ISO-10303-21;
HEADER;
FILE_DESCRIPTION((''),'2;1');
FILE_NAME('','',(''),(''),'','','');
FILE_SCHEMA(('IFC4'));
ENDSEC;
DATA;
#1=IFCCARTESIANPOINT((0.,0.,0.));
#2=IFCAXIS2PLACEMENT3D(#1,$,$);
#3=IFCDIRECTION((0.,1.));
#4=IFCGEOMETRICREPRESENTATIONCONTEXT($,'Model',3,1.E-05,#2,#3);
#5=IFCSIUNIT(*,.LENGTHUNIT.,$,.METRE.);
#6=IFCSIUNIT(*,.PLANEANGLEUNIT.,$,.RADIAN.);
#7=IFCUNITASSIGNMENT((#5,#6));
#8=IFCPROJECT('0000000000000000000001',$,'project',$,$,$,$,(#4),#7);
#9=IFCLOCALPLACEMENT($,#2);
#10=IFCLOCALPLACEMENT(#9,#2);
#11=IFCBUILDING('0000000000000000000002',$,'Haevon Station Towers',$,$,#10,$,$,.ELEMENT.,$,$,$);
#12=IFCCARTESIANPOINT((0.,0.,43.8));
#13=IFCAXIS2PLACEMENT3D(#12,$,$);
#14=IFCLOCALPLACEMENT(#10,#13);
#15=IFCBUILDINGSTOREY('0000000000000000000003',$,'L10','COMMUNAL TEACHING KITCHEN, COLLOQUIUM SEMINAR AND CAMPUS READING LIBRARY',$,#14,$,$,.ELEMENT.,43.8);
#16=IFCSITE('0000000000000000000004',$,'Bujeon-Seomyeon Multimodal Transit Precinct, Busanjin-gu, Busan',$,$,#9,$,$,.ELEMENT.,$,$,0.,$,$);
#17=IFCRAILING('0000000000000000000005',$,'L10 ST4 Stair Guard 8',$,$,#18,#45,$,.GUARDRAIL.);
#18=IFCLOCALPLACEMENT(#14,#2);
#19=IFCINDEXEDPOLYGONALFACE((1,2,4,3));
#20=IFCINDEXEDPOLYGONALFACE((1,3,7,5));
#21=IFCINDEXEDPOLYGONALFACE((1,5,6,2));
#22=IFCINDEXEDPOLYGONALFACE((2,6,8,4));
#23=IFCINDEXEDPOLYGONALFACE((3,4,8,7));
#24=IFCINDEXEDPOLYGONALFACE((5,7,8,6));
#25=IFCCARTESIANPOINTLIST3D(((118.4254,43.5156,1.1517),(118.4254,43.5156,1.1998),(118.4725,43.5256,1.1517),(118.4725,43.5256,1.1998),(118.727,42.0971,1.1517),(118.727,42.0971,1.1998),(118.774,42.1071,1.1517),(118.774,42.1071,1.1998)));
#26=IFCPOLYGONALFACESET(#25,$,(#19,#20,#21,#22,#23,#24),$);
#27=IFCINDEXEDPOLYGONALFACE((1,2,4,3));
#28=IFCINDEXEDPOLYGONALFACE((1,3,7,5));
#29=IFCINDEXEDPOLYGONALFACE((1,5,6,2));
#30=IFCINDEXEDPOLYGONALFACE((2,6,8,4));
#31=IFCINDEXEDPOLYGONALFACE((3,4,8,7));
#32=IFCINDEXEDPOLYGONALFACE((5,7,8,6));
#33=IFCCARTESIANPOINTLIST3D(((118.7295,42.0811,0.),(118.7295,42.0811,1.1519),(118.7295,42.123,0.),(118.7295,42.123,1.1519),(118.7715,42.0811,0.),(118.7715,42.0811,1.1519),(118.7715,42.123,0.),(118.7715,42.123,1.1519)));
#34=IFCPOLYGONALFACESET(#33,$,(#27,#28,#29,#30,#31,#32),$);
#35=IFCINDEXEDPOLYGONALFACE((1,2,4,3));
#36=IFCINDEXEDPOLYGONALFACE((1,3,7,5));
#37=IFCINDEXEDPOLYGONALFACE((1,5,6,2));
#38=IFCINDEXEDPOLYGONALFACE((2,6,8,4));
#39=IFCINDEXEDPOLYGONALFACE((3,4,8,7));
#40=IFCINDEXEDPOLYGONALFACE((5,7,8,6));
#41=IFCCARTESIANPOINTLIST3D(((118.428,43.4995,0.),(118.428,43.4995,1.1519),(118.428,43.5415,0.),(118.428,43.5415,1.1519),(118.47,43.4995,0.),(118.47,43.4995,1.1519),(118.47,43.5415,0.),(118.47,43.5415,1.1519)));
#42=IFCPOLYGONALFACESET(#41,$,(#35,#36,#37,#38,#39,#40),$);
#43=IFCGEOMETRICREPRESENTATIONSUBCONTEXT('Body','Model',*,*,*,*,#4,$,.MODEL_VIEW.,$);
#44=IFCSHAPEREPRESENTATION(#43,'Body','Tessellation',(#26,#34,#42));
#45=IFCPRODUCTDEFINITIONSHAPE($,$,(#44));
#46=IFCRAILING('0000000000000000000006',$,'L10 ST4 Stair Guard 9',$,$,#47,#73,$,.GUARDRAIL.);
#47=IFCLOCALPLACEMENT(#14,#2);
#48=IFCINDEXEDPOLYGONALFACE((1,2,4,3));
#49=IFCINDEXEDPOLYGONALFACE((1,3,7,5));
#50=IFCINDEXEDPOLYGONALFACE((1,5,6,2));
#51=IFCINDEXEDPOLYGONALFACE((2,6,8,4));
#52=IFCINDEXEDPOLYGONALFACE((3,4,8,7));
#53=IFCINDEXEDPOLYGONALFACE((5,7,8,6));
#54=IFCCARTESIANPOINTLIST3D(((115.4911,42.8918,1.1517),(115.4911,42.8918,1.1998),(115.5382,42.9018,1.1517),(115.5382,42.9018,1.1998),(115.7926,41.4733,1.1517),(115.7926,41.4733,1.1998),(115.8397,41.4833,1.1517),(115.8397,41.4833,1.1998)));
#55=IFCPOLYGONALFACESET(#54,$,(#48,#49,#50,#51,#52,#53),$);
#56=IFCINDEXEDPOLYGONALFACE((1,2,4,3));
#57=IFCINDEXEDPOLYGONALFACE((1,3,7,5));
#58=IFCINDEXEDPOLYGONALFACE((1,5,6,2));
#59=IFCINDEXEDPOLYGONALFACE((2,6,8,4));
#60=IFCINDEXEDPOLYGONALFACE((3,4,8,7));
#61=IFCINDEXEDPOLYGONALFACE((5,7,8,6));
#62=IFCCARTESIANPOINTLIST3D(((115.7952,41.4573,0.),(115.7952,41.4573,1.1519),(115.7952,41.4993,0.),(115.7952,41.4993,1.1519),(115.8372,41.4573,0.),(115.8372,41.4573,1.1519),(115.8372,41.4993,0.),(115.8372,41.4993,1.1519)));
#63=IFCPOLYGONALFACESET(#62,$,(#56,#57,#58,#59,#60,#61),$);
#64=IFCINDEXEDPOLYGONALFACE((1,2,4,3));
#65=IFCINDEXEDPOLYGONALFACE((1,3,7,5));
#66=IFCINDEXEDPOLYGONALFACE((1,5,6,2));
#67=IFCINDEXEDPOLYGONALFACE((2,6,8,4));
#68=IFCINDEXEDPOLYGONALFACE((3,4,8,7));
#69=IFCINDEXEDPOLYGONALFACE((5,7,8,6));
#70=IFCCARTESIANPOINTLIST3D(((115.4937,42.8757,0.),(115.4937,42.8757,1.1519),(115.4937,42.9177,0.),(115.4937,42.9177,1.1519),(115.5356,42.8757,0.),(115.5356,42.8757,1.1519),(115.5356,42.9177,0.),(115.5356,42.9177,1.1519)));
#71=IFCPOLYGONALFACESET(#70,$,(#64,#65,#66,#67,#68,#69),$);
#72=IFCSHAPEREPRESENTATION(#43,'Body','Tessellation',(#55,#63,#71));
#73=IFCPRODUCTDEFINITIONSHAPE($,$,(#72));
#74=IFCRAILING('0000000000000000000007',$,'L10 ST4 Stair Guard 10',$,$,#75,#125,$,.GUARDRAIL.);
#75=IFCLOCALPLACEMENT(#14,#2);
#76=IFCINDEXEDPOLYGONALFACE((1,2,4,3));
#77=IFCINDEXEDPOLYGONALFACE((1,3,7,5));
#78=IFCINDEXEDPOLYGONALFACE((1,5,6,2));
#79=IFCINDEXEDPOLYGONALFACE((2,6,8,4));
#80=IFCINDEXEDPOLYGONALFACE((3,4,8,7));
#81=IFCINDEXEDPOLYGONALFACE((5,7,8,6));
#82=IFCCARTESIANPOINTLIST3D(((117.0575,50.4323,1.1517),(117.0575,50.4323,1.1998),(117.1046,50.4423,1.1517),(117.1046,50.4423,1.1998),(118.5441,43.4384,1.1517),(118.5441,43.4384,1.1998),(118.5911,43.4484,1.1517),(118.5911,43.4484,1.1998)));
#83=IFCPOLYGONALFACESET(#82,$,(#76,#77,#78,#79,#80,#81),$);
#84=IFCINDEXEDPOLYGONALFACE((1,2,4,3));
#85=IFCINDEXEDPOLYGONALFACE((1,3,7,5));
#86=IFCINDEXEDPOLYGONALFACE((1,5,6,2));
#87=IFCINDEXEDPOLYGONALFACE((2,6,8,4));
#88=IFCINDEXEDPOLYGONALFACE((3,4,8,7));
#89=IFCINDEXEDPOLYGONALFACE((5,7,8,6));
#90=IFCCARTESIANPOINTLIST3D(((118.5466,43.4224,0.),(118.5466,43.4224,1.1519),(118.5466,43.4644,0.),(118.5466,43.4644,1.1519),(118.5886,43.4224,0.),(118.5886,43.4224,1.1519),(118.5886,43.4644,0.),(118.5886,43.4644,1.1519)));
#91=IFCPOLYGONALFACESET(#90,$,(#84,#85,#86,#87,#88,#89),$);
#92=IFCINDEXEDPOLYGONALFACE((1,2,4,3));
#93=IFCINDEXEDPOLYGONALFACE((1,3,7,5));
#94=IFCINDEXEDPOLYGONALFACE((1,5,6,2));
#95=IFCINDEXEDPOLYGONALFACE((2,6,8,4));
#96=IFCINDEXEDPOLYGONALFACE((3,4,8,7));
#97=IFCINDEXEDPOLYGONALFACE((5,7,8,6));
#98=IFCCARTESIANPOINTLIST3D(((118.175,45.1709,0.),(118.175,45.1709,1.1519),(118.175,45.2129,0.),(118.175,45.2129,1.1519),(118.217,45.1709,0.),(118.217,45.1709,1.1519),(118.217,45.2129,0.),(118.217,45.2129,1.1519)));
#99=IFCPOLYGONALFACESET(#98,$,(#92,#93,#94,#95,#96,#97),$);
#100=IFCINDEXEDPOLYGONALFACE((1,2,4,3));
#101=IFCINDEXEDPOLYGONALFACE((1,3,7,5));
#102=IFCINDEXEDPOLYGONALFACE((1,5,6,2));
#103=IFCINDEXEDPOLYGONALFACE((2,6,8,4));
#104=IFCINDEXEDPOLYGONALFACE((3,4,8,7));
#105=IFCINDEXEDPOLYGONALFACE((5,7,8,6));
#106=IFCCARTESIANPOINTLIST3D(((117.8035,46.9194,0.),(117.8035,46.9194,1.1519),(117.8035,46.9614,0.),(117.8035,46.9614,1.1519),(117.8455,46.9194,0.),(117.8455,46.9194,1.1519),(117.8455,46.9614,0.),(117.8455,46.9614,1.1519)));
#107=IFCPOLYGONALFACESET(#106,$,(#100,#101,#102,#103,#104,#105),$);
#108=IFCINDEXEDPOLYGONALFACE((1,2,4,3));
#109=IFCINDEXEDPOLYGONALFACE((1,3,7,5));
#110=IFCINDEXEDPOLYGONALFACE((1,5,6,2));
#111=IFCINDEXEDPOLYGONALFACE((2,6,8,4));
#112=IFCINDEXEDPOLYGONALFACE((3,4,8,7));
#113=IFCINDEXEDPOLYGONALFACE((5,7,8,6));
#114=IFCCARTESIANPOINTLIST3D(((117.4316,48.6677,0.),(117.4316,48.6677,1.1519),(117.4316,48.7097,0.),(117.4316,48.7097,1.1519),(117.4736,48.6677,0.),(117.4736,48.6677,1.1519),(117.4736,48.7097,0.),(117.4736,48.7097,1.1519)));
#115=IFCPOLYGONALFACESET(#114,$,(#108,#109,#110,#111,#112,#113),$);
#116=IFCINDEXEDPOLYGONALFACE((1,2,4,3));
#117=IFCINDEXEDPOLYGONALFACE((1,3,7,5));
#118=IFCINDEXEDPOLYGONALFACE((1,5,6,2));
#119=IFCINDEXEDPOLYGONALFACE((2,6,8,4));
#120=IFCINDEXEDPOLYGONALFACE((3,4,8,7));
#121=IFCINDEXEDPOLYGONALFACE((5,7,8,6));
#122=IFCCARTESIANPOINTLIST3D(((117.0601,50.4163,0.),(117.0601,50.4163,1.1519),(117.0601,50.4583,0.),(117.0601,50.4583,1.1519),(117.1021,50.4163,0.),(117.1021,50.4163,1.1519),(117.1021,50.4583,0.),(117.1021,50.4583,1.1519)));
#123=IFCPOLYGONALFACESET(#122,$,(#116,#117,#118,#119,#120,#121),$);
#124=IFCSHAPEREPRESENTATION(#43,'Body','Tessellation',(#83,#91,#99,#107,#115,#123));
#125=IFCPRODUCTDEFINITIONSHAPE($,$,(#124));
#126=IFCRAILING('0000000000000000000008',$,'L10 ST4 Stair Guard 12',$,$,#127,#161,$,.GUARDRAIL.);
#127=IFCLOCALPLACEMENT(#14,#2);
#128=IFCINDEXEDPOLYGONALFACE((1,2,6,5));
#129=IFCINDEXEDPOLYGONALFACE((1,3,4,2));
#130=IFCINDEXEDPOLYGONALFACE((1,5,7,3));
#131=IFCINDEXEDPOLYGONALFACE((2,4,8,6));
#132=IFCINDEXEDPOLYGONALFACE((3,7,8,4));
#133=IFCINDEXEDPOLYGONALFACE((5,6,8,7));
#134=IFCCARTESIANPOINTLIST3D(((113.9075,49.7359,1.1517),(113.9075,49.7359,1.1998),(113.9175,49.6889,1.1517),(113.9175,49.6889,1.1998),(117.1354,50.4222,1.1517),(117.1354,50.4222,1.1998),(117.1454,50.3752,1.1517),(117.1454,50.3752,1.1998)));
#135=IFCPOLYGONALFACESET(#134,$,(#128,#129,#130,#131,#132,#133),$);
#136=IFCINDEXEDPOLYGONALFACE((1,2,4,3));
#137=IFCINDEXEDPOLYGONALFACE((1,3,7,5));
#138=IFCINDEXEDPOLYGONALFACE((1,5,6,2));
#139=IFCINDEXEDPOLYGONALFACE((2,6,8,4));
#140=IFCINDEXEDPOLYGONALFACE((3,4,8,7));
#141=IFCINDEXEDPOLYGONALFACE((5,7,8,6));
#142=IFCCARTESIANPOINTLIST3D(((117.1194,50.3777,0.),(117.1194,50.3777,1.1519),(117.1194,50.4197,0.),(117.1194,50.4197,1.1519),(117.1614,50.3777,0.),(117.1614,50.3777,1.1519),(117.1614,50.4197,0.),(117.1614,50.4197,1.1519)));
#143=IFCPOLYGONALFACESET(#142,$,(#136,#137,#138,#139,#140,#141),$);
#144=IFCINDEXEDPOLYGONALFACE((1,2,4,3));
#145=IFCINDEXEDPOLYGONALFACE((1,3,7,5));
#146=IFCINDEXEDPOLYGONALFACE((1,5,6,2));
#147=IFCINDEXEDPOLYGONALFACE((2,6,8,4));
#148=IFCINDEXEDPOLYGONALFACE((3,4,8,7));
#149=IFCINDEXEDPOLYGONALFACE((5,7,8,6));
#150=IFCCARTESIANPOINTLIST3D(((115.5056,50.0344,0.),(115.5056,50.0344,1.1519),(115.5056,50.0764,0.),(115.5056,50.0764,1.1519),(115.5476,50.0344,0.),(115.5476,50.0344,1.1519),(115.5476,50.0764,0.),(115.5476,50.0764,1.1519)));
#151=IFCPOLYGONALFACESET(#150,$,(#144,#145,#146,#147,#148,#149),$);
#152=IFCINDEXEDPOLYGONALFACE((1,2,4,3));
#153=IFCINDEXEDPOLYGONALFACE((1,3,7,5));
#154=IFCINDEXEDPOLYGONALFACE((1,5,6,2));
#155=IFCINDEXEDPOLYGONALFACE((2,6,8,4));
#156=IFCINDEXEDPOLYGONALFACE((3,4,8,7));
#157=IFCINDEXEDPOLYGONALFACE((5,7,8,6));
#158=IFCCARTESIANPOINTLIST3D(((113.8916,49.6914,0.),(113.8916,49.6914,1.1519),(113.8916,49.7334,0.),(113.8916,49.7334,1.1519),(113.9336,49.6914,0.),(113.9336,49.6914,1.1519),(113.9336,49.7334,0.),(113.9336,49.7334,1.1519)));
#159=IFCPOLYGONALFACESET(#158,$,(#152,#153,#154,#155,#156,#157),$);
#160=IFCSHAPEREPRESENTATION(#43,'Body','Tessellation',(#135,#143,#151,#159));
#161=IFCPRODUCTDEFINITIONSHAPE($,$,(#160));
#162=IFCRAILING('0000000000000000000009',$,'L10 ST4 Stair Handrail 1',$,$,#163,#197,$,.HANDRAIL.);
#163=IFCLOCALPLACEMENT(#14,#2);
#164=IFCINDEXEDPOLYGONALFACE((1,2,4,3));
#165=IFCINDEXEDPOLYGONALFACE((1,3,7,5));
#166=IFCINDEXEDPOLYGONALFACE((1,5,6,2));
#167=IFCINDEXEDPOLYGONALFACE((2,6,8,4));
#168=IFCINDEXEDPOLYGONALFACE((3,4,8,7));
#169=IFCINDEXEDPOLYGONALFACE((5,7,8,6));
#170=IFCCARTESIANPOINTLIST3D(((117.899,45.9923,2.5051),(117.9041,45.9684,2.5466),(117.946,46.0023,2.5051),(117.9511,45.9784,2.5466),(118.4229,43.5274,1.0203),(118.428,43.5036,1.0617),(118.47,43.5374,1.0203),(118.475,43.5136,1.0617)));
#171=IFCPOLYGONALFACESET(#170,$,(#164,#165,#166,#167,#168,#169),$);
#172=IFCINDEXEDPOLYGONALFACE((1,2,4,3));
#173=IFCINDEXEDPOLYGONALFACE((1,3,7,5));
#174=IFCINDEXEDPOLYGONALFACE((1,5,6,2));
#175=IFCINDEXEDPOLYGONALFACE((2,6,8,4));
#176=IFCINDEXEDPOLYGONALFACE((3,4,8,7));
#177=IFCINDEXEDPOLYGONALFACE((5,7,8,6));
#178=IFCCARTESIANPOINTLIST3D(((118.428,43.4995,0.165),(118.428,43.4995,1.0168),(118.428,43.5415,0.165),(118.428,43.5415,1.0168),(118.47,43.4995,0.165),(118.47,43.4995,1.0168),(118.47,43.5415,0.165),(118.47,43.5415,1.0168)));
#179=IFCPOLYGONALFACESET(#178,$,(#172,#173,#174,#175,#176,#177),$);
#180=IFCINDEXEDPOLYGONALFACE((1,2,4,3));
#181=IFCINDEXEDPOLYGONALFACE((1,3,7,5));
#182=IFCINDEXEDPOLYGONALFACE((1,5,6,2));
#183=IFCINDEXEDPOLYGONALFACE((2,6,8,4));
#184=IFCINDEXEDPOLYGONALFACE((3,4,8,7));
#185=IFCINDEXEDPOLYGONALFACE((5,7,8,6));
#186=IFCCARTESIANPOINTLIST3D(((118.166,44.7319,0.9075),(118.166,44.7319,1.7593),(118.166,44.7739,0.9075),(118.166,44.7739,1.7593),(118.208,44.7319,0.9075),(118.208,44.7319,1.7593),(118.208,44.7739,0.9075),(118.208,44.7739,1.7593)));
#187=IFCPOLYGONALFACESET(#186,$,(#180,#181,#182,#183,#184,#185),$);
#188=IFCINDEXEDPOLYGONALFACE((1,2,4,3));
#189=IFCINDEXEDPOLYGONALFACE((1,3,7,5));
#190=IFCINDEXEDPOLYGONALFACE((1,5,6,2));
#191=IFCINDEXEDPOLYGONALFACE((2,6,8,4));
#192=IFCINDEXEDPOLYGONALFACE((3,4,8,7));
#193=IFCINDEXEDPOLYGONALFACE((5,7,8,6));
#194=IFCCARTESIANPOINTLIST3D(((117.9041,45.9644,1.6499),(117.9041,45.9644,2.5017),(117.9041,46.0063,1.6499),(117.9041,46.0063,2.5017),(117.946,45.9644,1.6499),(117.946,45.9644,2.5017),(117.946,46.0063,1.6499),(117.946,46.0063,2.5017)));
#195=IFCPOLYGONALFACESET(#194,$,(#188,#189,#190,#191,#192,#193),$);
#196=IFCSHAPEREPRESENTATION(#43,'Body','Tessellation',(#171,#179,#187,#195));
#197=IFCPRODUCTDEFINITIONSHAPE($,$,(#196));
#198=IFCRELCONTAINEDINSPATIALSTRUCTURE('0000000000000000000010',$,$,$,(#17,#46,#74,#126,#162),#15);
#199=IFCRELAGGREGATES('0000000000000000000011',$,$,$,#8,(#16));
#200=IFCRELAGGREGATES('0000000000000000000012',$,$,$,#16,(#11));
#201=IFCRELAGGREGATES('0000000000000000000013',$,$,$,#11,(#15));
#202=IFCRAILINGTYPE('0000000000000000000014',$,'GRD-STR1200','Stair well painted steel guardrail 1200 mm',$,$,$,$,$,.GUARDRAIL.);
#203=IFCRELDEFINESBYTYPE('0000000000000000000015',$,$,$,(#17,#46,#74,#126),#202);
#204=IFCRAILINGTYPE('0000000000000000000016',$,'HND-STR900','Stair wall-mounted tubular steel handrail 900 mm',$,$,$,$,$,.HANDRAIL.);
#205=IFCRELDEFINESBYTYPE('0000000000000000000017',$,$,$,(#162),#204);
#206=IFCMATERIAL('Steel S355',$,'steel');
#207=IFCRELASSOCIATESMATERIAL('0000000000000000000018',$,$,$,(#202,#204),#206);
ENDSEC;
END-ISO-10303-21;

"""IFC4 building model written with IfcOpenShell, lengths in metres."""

from ifc_helpers import new_model, si_unit, direction, frame, origin, origin_2d, place, context, subcontext, project, spatial, rectangle, extrude, material, type_object, element, save


model = new_model("IFC4")

# Units and contexts
model_context = context("Model", 3, precision=1e-05, world=origin(), true_north=direction((0.0, 1.0)))
body_context = subcontext(model_context, "Body", "Model", "MODEL_VIEW")
ifc_project = project(units=[si_unit("LENGTHUNIT", "METRE"), si_unit("PLANEANGLEUNIT", "RADIAN")], contexts=[model_context])

# Site, building, storey
site_placement = place(None, origin())
site = spatial("IfcSite", under=ifc_project, at=site_placement, Name="Bujeon-Seomyeon Multimodal Transit Precinct, Busanjin-gu, Busan", CompositionType="ELEMENT", RefElevation=0.0)
building_placement = place(site_placement, origin())
building = spatial("IfcBuilding", under=site, at=building_placement, Name="Haevon Station Towers", CompositionType="ELEMENT")
storey_placement = place(building_placement, frame((0.0, 0.0, 43.8)))
storey = spatial("IfcBuildingStorey", under=building, at=storey_placement, Name="L10", Description="COMMUNAL TEACHING KITCHEN, COLLOQUIUM SEMINAR AND CAMPUS READING LIBRARY", CompositionType="ELEMENT", Elevation=43.8)

# Shared definitions
ifc_material_1 = material(Name="Steel S355", Category="steel")

# Railings
railing_type_1 = type_object("IfcRailingType", Name="GRD-STR1200", Description="Stair well painted steel guardrail 1200 mm", PredefinedType="GUARDRAIL", material=ifc_material_1)
for number, where, name in (
    (1, (118.7505, 42.1021, 0.0), "L10 ST4 Stair Guard 8"),
    (2, (115.8162, 41.4783, 0.0), "L10 ST4 Stair Guard 9"),
):
    element("IfcRailing", number, at=place(storey_placement, frame(where)), inside=storey, type_object=railing_type_1, Name=name, PredefinedType="GUARDRAIL", context=body_context, shape_type="SweptSolid", body=[
        extrude(rectangle(XDim=0.0481, YDim=0.0481, at=origin_2d()), frame((0.0, 0.0, 1.1758), z_axis=(-0.207919, 0.978146, 0.0), x_axis=(-0.978146, -0.207919, 0.0)), (0.0, 0.0, 1.0), 1.4502),
        extrude(rectangle(XDim=0.042, YDim=0.042, at=origin_2d()), origin(), (0.0, 0.0, 1.0), 1.1519),
        extrude(rectangle(XDim=0.042, YDim=0.042, at=origin_2d()), frame((-0.3015, 1.4185, 0.0)), (0.0, 0.0, 1.0), 1.1519),
    ])
railing_1_placement = place(storey_placement, frame((118.5676, 43.4434, 0.0)))
element("IfcRailing", 3, at=railing_1_placement, inside=storey, type_object=railing_type_1, Name="L10 ST4 Stair Guard 10", PredefinedType="GUARDRAIL", context=body_context, shape_type="SweptSolid", body=[
    extrude(rectangle(XDim=0.0481, YDim=0.0481, at=origin_2d()), frame((0.0, 0.0, 1.1758), z_axis=(-0.207908, 0.978148, 0.0), x_axis=(-0.978148, -0.207908, 0.0)), (0.0, 0.0, 1.0), 7.1501),
    extrude(rectangle(XDim=0.042, YDim=0.042, at=origin_2d()), origin(), (0.0, 0.0, 1.0), 1.1519),
    extrude(rectangle(XDim=0.042, YDim=0.042, at=origin_2d()), frame((-0.3716, 1.7485, 0.0)), (0.0, 0.0, 1.0), 1.1519),
    extrude(rectangle(XDim=0.042, YDim=0.042, at=origin_2d()), frame((-0.7432, 3.4971, 0.0)), (0.0, 0.0, 1.0), 1.1519),
    extrude(rectangle(XDim=0.042, YDim=0.042, at=origin_2d()), frame((-1.115, 5.2454, 0.0)), (0.0, 0.0, 1.0), 1.1519),
    extrude(rectangle(XDim=0.042, YDim=0.042, at=origin_2d()), frame((-1.4866, 6.9939, 0.0)), (0.0, 0.0, 1.0), 1.1519),
])
railing_2_placement = place(storey_placement, frame((117.1404, 50.3987, 0.0)))
element("IfcRailing", 4, at=railing_2_placement, inside=storey, type_object=railing_type_1, Name="L10 ST4 Stair Guard 12", PredefinedType="GUARDRAIL", context=body_context, shape_type="SweptSolid", body=[
    extrude(rectangle(XDim=0.0481, YDim=0.0481, at=origin_2d()), frame((0.0, 0.0, 1.1758), z_axis=(-0.978136, -0.207968, 0.0), x_axis=(0.207968, -0.978136, 0.0)), (0.0, 0.0, 1.0), 3.3),
    extrude(rectangle(XDim=0.042, YDim=0.042, at=origin_2d()), origin(), (0.0, 0.0, 1.0), 1.1519),
    extrude(rectangle(XDim=0.042, YDim=0.042, at=origin_2d()), frame((-1.6138, -0.3433, 0.0)), (0.0, 0.0, 1.0), 1.1519),
    extrude(rectangle(XDim=0.042, YDim=0.042, at=origin_2d()), frame((-3.2278, -0.6863, 0.0)), (0.0, 0.0, 1.0), 1.1519),
])
railing_type_2 = type_object("IfcRailingType", Name="HND-STR900", Description="Stair wall-mounted tubular steel handrail 900 mm", PredefinedType="HANDRAIL", material=ifc_material_1)
railing_3_placement = place(storey_placement, frame((118.449, 43.5205, 0.165)))
element("IfcRailing", 5, at=railing_3_placement, inside=storey, type_object=railing_type_2, Name="L10 ST4 Stair Handrail 1", PredefinedType="HANDRAIL", context=body_context, shape_type="SweptSolid", body=[
    extrude(rectangle(XDim=0.0481, YDim=0.0481, at=origin_2d()), frame((0.0, 0.0, 0.876), z_axis=(-0.179129, 0.842724, 0.507671), x_axis=(-0.978147, -0.207914, 0.0)), (0.0, 0.0, 1.0), 2.9248),
    extrude(rectangle(XDim=0.042, YDim=0.042, at=origin_2d()), origin(), (0.0, 0.0, 1.0), 0.8518),
    extrude(rectangle(XDim=0.042, YDim=0.042, at=origin_2d()), frame((-0.262, 1.2324, 0.7424)), (0.0, 0.0, 1.0), 0.8518),
    extrude(rectangle(XDim=0.042, YDim=0.042, at=origin_2d()), frame((-0.5239, 2.4648, 1.4849)), (0.0, 0.0, 1.0), 0.8518),
])

save(model, "model.ifc")
